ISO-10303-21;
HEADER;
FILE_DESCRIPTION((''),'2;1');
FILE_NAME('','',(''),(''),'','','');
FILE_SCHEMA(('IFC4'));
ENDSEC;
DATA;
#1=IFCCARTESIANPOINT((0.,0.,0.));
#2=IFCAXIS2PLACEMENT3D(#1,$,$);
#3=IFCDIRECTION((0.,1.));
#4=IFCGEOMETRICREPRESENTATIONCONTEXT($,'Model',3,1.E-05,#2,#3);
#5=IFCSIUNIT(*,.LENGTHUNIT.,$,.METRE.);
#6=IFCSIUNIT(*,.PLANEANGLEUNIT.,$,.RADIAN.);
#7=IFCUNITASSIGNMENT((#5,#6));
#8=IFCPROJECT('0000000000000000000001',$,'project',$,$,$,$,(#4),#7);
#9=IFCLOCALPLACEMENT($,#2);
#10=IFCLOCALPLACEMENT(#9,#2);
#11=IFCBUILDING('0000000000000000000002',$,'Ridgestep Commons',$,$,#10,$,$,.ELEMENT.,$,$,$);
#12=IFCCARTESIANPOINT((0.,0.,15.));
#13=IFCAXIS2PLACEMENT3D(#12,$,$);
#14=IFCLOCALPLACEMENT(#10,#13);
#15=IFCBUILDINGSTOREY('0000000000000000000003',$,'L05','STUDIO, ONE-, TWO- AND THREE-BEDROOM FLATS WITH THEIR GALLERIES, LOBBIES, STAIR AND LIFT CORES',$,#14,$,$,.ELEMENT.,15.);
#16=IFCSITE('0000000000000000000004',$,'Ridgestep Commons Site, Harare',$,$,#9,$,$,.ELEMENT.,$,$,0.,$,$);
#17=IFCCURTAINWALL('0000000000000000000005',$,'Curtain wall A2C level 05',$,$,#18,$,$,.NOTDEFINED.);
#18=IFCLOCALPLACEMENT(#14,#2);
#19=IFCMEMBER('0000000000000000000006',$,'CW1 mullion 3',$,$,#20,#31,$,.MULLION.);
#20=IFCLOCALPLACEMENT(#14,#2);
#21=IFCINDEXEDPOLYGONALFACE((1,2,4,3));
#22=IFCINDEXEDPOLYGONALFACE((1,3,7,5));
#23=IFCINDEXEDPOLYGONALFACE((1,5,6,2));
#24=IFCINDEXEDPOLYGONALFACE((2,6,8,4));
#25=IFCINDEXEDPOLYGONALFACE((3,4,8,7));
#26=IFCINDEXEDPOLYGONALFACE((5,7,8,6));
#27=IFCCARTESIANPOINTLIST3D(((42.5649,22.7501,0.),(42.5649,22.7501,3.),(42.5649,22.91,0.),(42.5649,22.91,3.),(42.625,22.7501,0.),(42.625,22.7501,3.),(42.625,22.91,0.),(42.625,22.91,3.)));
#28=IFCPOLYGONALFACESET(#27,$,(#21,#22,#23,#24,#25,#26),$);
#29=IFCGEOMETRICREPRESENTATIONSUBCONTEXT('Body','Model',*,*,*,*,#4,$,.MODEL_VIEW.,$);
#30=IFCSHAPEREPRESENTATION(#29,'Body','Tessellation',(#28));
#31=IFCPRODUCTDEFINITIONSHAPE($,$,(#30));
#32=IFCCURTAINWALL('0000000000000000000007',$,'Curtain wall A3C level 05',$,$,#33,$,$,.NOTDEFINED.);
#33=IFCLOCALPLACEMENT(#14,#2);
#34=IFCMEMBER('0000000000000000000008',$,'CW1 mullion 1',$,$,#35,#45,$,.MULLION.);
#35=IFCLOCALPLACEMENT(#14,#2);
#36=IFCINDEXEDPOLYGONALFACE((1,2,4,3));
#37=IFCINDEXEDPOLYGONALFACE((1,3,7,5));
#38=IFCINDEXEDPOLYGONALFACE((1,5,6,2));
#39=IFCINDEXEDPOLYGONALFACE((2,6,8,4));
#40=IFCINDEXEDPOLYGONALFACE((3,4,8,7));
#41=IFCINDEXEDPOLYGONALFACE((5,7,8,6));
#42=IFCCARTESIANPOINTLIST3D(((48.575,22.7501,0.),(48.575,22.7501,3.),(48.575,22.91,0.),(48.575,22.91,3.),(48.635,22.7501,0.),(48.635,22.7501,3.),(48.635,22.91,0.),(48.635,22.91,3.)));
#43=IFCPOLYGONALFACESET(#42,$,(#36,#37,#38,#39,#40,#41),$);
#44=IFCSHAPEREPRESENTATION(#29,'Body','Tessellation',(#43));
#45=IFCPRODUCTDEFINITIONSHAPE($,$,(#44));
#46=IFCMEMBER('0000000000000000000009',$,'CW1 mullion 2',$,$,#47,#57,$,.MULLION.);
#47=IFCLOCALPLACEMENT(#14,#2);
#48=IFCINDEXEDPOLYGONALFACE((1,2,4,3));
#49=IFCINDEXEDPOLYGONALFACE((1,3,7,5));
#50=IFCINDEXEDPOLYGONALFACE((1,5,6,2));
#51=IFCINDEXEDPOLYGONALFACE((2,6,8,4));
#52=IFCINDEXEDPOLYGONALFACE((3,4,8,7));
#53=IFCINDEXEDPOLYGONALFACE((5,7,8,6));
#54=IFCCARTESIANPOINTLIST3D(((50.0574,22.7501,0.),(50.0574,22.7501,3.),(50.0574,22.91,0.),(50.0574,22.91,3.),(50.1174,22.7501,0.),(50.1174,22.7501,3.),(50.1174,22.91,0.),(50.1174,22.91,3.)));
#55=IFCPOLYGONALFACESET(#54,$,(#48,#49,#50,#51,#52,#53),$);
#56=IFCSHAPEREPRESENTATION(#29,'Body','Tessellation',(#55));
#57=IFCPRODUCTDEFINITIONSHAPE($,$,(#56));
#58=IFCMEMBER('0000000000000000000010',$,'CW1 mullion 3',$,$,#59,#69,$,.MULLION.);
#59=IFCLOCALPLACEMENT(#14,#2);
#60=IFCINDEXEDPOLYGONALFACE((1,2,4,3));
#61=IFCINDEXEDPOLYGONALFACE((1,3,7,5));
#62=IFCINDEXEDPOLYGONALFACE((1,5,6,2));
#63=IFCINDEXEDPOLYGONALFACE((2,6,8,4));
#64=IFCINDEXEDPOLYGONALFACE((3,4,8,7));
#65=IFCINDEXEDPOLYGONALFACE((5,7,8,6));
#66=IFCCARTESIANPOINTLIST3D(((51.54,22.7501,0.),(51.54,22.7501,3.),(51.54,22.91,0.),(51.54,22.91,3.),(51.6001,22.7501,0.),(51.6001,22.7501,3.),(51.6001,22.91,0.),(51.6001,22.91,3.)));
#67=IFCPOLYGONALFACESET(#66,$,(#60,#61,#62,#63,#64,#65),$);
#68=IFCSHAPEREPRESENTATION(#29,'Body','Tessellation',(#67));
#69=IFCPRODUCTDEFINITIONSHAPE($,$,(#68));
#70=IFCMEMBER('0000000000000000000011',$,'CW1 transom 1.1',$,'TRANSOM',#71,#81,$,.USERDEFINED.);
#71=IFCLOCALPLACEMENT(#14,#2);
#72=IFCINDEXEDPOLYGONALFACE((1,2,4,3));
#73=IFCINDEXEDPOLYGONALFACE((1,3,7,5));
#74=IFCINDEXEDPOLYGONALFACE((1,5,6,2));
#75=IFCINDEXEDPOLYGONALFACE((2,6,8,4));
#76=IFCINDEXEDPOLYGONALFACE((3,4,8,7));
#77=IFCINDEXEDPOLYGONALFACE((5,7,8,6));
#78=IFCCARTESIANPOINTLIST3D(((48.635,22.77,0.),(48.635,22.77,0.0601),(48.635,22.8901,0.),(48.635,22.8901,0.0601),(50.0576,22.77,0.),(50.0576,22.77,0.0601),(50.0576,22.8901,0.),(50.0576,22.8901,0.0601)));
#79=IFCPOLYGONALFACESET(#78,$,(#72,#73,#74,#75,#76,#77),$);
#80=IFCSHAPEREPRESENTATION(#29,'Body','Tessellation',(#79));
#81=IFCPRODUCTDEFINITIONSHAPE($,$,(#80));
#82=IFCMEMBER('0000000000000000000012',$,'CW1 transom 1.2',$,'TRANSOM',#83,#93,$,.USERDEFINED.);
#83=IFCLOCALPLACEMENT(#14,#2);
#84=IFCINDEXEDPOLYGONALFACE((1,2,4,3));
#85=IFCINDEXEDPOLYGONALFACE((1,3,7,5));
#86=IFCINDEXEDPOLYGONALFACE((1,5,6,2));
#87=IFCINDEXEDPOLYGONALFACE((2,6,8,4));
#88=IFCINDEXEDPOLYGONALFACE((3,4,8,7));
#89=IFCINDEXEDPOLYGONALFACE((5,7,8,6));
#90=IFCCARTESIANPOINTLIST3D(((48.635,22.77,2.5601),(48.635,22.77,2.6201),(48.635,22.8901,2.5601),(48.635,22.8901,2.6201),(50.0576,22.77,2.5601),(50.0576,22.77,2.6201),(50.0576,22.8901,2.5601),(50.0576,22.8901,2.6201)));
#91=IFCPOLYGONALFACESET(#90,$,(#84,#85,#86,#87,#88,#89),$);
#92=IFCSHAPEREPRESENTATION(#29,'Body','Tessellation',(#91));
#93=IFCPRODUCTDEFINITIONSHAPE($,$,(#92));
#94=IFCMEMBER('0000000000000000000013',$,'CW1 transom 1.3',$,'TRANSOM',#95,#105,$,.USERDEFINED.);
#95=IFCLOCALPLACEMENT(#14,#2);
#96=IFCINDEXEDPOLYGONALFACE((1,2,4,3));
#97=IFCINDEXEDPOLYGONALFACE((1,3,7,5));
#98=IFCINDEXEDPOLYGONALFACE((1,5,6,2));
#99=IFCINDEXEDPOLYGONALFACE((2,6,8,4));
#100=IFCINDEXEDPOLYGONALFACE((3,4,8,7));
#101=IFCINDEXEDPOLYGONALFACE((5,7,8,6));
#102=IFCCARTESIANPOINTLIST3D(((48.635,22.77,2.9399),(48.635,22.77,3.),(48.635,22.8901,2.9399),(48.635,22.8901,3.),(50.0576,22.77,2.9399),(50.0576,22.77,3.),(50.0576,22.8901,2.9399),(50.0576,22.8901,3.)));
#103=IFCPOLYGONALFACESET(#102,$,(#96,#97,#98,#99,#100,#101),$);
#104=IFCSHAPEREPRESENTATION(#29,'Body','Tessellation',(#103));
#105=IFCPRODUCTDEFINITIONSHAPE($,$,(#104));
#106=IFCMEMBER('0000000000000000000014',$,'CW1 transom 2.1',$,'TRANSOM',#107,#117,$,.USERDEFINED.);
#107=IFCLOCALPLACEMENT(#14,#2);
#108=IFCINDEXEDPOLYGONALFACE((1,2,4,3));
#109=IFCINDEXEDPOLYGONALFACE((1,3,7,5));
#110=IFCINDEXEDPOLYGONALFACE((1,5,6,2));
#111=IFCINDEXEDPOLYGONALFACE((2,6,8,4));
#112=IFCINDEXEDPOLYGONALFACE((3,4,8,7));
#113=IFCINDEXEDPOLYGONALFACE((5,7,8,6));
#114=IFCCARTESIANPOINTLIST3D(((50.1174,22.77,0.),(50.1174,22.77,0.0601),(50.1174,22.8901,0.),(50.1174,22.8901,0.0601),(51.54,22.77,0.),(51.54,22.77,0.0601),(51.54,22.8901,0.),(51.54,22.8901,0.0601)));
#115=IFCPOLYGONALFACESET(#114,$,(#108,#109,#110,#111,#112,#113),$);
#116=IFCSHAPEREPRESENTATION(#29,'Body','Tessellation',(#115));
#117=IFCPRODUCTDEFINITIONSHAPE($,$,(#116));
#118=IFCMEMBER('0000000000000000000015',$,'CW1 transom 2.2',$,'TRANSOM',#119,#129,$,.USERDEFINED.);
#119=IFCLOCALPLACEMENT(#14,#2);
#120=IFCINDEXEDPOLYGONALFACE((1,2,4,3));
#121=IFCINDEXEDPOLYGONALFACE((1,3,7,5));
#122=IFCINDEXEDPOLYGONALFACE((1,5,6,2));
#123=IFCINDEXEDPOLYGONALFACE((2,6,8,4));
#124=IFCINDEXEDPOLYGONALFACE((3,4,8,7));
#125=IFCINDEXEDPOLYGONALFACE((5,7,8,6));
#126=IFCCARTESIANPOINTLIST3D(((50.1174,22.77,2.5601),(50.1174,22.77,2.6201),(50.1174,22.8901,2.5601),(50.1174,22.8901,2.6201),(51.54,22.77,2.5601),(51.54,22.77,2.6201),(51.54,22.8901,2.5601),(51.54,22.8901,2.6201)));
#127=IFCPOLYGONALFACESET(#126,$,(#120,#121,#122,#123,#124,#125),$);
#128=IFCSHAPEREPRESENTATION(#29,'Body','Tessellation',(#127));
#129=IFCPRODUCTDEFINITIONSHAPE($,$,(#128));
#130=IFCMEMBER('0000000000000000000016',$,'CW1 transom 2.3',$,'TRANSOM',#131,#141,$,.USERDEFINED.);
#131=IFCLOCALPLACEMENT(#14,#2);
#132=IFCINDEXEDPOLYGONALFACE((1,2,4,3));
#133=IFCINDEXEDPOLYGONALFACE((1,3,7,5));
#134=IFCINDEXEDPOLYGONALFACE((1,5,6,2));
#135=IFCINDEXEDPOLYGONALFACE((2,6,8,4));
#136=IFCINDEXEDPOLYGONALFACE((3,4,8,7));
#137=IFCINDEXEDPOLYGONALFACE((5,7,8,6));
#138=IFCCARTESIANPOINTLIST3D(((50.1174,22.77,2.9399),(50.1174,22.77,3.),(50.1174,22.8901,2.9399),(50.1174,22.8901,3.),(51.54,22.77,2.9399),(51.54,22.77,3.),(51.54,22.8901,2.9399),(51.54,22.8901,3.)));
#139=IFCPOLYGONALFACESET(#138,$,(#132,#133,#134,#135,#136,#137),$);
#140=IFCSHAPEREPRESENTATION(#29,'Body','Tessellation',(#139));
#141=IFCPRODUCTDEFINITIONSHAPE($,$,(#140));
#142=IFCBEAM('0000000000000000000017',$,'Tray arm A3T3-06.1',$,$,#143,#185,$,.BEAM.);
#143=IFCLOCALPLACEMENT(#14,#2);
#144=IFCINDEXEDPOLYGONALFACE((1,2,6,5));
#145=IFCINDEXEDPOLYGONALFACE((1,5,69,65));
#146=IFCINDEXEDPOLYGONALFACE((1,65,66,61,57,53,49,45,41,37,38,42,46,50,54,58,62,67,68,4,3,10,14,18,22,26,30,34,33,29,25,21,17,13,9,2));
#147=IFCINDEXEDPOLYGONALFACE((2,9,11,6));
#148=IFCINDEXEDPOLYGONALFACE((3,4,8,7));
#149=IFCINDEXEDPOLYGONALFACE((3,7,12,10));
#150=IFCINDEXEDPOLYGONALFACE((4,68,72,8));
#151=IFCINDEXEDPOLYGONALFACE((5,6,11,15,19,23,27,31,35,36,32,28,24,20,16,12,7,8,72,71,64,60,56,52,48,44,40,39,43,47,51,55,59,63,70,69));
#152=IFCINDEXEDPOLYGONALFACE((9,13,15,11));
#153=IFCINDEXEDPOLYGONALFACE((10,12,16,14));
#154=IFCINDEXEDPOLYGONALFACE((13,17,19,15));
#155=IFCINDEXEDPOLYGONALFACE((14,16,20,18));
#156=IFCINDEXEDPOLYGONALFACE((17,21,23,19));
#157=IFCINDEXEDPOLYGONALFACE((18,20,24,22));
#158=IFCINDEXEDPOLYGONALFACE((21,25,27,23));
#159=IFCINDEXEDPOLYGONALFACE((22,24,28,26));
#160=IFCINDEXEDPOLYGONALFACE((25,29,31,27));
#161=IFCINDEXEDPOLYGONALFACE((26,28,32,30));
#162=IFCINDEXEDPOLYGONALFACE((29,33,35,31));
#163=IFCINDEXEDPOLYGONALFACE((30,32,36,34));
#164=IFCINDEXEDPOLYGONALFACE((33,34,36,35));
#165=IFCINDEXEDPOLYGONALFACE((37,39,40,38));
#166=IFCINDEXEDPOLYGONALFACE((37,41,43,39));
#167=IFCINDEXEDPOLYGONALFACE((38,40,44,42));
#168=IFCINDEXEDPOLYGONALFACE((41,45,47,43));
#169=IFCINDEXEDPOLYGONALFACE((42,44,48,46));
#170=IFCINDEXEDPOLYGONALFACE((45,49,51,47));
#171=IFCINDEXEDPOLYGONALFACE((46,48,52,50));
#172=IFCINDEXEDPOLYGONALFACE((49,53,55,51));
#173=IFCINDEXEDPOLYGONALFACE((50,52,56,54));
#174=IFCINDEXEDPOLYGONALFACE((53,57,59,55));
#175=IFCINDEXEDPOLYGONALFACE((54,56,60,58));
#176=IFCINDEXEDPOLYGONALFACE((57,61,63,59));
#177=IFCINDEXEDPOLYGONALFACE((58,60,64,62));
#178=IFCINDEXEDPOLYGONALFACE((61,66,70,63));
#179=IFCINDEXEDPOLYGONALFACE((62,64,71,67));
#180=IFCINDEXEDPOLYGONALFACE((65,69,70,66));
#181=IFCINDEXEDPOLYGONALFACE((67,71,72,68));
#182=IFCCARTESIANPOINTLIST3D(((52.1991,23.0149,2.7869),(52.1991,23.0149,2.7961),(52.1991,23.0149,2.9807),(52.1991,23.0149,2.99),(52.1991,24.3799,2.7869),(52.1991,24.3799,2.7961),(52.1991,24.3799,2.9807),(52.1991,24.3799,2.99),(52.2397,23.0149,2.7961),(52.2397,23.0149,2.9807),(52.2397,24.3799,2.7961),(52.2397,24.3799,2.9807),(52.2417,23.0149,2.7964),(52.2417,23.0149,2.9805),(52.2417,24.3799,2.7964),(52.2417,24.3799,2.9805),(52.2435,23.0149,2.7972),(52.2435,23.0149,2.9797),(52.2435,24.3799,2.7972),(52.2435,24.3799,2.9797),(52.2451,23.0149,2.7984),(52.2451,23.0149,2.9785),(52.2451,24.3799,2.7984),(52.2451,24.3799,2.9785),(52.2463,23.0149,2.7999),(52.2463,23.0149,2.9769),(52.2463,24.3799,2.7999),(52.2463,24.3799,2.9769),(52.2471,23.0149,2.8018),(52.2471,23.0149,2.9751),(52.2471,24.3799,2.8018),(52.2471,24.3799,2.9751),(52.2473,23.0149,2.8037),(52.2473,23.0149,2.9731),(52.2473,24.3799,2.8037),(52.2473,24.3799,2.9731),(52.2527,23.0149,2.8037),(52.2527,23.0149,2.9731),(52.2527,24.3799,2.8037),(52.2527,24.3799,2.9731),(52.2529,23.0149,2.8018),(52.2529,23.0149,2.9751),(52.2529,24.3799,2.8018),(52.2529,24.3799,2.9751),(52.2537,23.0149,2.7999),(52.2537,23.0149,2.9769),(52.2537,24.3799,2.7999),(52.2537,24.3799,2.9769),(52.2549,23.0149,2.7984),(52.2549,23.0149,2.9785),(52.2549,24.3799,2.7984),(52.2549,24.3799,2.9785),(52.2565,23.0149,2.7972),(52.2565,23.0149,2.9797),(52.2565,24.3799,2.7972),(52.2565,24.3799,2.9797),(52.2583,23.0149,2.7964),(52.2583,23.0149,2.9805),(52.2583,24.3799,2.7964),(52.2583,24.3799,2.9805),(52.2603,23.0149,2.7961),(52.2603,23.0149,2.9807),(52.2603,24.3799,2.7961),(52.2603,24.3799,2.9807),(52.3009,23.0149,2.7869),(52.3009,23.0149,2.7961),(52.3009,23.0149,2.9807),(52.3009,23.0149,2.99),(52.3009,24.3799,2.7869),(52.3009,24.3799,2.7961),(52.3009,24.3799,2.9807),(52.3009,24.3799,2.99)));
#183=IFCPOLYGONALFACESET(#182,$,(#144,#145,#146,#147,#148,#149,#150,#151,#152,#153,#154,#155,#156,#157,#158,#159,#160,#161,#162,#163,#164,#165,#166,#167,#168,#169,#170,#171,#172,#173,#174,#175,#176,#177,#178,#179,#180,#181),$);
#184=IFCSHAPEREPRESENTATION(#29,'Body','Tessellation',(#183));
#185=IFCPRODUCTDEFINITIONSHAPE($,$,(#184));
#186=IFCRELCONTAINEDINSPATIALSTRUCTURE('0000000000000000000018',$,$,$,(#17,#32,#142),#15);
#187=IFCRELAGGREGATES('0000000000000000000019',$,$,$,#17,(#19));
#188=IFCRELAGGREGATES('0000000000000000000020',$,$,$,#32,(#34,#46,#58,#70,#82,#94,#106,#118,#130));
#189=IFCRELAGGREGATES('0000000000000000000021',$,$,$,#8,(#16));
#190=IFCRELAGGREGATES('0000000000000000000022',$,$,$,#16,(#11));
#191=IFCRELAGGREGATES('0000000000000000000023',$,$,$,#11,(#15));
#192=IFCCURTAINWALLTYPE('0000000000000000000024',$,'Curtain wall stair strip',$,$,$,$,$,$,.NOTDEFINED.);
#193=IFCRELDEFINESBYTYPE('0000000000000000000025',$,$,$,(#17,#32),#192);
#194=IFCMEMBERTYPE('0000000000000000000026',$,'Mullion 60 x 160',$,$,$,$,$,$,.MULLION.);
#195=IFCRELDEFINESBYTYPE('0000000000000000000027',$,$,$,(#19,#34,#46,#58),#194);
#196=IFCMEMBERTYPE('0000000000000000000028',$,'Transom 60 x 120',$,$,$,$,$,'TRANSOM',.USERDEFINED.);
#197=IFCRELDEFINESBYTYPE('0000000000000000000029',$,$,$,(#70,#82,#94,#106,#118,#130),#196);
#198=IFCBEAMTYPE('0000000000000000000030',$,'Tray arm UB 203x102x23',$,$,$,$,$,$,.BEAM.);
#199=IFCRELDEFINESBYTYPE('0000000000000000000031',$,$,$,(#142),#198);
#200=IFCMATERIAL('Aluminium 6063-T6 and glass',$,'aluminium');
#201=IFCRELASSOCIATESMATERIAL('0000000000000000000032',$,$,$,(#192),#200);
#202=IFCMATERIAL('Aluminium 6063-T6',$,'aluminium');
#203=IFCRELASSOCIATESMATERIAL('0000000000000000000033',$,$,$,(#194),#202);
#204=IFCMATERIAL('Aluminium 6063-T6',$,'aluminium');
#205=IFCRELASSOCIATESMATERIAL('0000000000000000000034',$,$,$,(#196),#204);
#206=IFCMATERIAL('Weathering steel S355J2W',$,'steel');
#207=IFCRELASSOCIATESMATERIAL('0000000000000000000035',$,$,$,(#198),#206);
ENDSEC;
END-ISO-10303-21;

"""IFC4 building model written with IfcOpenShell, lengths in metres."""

from ifc_helpers import new_model, si_unit, direction, frame, origin, origin_2d, place, context, subcontext, project, spatial, rectangle, i_section, extrude, material, material_profile, profile_set, type_object, element, aggregate, save


model = new_model("IFC4")

# Units and contexts
model_context = context("Model", 3, precision=1e-05, world=origin(), true_north=direction((0.0, 1.0)))
body_context = subcontext(model_context, "Body", "Model", "MODEL_VIEW")
ifc_project = project(units=[si_unit("LENGTHUNIT", "METRE"), si_unit("PLANEANGLEUNIT", "RADIAN")], contexts=[model_context])

# Site, building, storey
site_placement = place(None, origin())
site = spatial("IfcSite", under=ifc_project, at=site_placement, Name="Ridgestep Commons Site, Harare", CompositionType="ELEMENT", RefElevation=0.0)
building_placement = place(site_placement, origin())
building = spatial("IfcBuilding", under=site, at=building_placement, Name="Ridgestep Commons", CompositionType="ELEMENT")
storey_placement = place(building_placement, frame((0.0, 0.0, 15.0)))
storey = spatial("IfcBuildingStorey", under=building, at=storey_placement, Name="L05", Description="STUDIO, ONE-, TWO- AND THREE-BEDROOM FLATS WITH THEIR GALLERIES, LOBBIES, STAIR AND LIFT CORES", CompositionType="ELEMENT", Elevation=15.0)

# Curtain wall, member
ifc_material_1 = material(Name="Aluminium 6063-T6 and glass", Category="aluminium")
curtain_wall_type = type_object("IfcCurtainWallType", Name="Curtain wall stair strip", PredefinedType="NOTDEFINED", material=ifc_material_1)
curtain_wall_1_placement = place(storey_placement, origin())
curtain_wall_1 = element("IfcCurtainWall", 1, at=curtain_wall_1_placement, inside=storey, type_object=curtain_wall_type, Name="Curtain wall A2C level 05", PredefinedType="NOTDEFINED")
ifc_material_2 = material(Name="Aluminium 6063-T6", Category="aluminium")
ifc_material_profile_1 = material_profile(ifc_material_2, rectangle(XDim=0.1599, YDim=0.0601, at=origin_2d()), Name="Mullion 60 x 160")
ifc_profile_set_1 = profile_set([ifc_material_profile_1], Name="Aluminium 6063-T6")
member_type_1 = type_object("IfcMemberType", Name="Mullion 60 x 160", PredefinedType="MULLION", material=ifc_profile_set_1)
member_1_placement = place(storey_placement, frame((42.595, 22.8301, 0.0), z_axis=(0.0, 0.0, 1.0), x_axis=(0.0, 1.0, 0.0)))
member_1 = element("IfcMember", 2, at=member_1_placement, type_object=member_type_1, Name="CW1 mullion 3", PredefinedType="MULLION", context=body_context, shape_type="SweptSolid", body=[
    extrude(rectangle(XDim=0.1599, YDim=0.0601, at=origin_2d()), origin(), (0.0, 0.0, 1.0), 3.0),
])
aggregate(curtain_wall_1, [member_1])

# Curtain wall, members
curtain_wall_2_placement = place(storey_placement, origin())
curtain_wall_2 = element("IfcCurtainWall", 3, at=curtain_wall_2_placement, inside=storey, type_object=curtain_wall_type, Name="Curtain wall A3C level 05", PredefinedType="NOTDEFINED")
member_2_placement = place(storey_placement, frame((48.605, 22.8301, 0.0), z_axis=(0.0, 0.0, 1.0), x_axis=(0.0, 1.0, 0.0)))
member_2 = element("IfcMember", 4, at=member_2_placement, type_object=member_type_1, Name="CW1 mullion 1", PredefinedType="MULLION", context=body_context, shape_type="SweptSolid", body=[
    extrude(rectangle(XDim=0.1599, YDim=0.0601, at=origin_2d()), origin(), (0.0, 0.0, 1.0), 3.0),
])
member_3_placement = place(storey_placement, frame((50.0874, 22.8301, 0.0), z_axis=(0.0, 0.0, 1.0), x_axis=(0.0, 1.0, 0.0)))
member_3 = element("IfcMember", 5, at=member_3_placement, type_object=member_type_1, Name="CW1 mullion 2", PredefinedType="MULLION", context=body_context, shape_type="SweptSolid", body=[
    extrude(rectangle(XDim=0.1599, YDim=0.0601, at=origin_2d()), origin(), (0.0, 0.0, 1.0), 3.0),
])
member_4_placement = place(storey_placement, frame((51.5701, 22.8301, 0.0), z_axis=(0.0, 0.0, 1.0), x_axis=(0.0, 1.0, 0.0)))
member_4 = element("IfcMember", 6, at=member_4_placement, type_object=member_type_1, Name="CW1 mullion 3", PredefinedType="MULLION", context=body_context, shape_type="SweptSolid", body=[
    extrude(rectangle(XDim=0.1599, YDim=0.0601, at=origin_2d()), origin(), (0.0, 0.0, 1.0), 3.0),
])
ifc_material_3 = material(Name="Aluminium 6063-T6", Category="aluminium")
ifc_material_profile_2 = material_profile(ifc_material_3, rectangle(XDim=0.1201, YDim=0.0601, at=origin_2d()), Name="Transom 60 x 120")
ifc_profile_set_2 = profile_set([ifc_material_profile_2], Name="Aluminium 6063-T6")
member_type_2 = type_object("IfcMemberType", Name="Transom 60 x 120", ElementType="TRANSOM", PredefinedType="USERDEFINED", material=ifc_profile_set_2)
member_5_placement = place(storey_placement, frame((48.635, 22.8301, 0.03), z_axis=(1.0, 0.0, 0.0), x_axis=(0.0, 1.0, 0.0)))
member_5 = element("IfcMember", 7, at=member_5_placement, type_object=member_type_2, Name="CW1 transom 1.1", ObjectType="TRANSOM", PredefinedType="USERDEFINED", context=body_context, shape_type="SweptSolid", body=[
    extrude(rectangle(XDim=0.1201, YDim=0.0601, at=origin_2d()), origin(), (0.0, 0.0, 1.0), 1.4226),
])
member_6_placement = place(storey_placement, frame((48.635, 22.8301, 2.5901), z_axis=(1.0, 0.0, 0.0), x_axis=(0.0, 1.0, 0.0)))
member_6 = element("IfcMember", 8, at=member_6_placement, type_object=member_type_2, Name="CW1 transom 1.2", ObjectType="TRANSOM", PredefinedType="USERDEFINED", context=body_context, shape_type="SweptSolid", body=[
    extrude(rectangle(XDim=0.1201, YDim=0.0601, at=origin_2d()), origin(), (0.0, 0.0, 1.0), 1.4226),
])
member_7_placement = place(storey_placement, frame((48.635, 22.8301, 2.97), z_axis=(1.0, 0.0, 0.0), x_axis=(0.0, 1.0, 0.0)))
member_7 = element("IfcMember", 9, at=member_7_placement, type_object=member_type_2, Name="CW1 transom 1.3", ObjectType="TRANSOM", PredefinedType="USERDEFINED", context=body_context, shape_type="SweptSolid", body=[
    extrude(rectangle(XDim=0.1201, YDim=0.0601, at=origin_2d()), origin(), (0.0, 0.0, 1.0), 1.4226),
])
member_8_placement = place(storey_placement, frame((50.1174, 22.8301, 0.03), z_axis=(1.0, 0.0, 0.0), x_axis=(0.0, 1.0, 0.0)))
member_8 = element("IfcMember", 10, at=member_8_placement, type_object=member_type_2, Name="CW1 transom 2.1", ObjectType="TRANSOM", PredefinedType="USERDEFINED", context=body_context, shape_type="SweptSolid", body=[
    extrude(rectangle(XDim=0.1201, YDim=0.0601, at=origin_2d()), origin(), (0.0, 0.0, 1.0), 1.4226),
])
member_9_placement = place(storey_placement, frame((50.1174, 22.8301, 2.5901), z_axis=(1.0, 0.0, 0.0), x_axis=(0.0, 1.0, 0.0)))
member_9 = element("IfcMember", 11, at=member_9_placement, type_object=member_type_2, Name="CW1 transom 2.2", ObjectType="TRANSOM", PredefinedType="USERDEFINED", context=body_context, shape_type="SweptSolid", body=[
    extrude(rectangle(XDim=0.1201, YDim=0.0601, at=origin_2d()), origin(), (0.0, 0.0, 1.0), 1.4226),
])
member_10_placement = place(storey_placement, frame((50.1174, 22.8301, 2.97), z_axis=(1.0, 0.0, 0.0), x_axis=(0.0, 1.0, 0.0)))
member_10 = element("IfcMember", 12, at=member_10_placement, type_object=member_type_2, Name="CW1 transom 2.3", ObjectType="TRANSOM", PredefinedType="USERDEFINED", context=body_context, shape_type="SweptSolid", body=[
    extrude(rectangle(XDim=0.1201, YDim=0.0601, at=origin_2d()), origin(), (0.0, 0.0, 1.0), 1.4226),
])

# Beam
ifc_material_4 = material(Name="Weathering steel S355J2W", Category="steel")
ifc_material_profile_3 = material_profile(ifc_material_4, i_section(OverallWidth=0.1018, OverallDepth=0.2031, WebThickness=0.0054, FlangeThickness=0.0093, FilletRadius=0.0076, at=origin_2d()), Name="UB 203x102x23")
ifc_profile_set_3 = profile_set([ifc_material_profile_3], Name="Weathering steel S355J2W")
beam_type_1 = type_object("IfcBeamType", Name="Tray arm UB 203x102x23", PredefinedType="BEAM", material=ifc_profile_set_3)
for number, where, z_axis, x_axis, name in (
    (13, (52.25, 23.0149, 2.8884), (0.0, 1.0, 0.0), (-1.0, 0.0, 0.0), "Tray arm A3T3-06.1"),
):
    element("IfcBeam", number, at=place(storey_placement, frame(where, z_axis=z_axis, x_axis=x_axis)), inside=storey, type_object=beam_type_1, Name=name, PredefinedType="BEAM", context=body_context, shape_type="SweptSolid", body=[
        extrude(i_section(OverallWidth=0.1018, OverallDepth=0.2031, WebThickness=0.0054, FlangeThickness=0.0093, FilletRadius=0.0076, at=origin_2d()), origin(), (0.0, 0.0, 1.0), 1.365),
    ])

aggregate(curtain_wall_2, [member_2, member_3, member_4, member_5, member_6, member_7, member_8, member_9, member_10])

save(model, "model.ifc")
